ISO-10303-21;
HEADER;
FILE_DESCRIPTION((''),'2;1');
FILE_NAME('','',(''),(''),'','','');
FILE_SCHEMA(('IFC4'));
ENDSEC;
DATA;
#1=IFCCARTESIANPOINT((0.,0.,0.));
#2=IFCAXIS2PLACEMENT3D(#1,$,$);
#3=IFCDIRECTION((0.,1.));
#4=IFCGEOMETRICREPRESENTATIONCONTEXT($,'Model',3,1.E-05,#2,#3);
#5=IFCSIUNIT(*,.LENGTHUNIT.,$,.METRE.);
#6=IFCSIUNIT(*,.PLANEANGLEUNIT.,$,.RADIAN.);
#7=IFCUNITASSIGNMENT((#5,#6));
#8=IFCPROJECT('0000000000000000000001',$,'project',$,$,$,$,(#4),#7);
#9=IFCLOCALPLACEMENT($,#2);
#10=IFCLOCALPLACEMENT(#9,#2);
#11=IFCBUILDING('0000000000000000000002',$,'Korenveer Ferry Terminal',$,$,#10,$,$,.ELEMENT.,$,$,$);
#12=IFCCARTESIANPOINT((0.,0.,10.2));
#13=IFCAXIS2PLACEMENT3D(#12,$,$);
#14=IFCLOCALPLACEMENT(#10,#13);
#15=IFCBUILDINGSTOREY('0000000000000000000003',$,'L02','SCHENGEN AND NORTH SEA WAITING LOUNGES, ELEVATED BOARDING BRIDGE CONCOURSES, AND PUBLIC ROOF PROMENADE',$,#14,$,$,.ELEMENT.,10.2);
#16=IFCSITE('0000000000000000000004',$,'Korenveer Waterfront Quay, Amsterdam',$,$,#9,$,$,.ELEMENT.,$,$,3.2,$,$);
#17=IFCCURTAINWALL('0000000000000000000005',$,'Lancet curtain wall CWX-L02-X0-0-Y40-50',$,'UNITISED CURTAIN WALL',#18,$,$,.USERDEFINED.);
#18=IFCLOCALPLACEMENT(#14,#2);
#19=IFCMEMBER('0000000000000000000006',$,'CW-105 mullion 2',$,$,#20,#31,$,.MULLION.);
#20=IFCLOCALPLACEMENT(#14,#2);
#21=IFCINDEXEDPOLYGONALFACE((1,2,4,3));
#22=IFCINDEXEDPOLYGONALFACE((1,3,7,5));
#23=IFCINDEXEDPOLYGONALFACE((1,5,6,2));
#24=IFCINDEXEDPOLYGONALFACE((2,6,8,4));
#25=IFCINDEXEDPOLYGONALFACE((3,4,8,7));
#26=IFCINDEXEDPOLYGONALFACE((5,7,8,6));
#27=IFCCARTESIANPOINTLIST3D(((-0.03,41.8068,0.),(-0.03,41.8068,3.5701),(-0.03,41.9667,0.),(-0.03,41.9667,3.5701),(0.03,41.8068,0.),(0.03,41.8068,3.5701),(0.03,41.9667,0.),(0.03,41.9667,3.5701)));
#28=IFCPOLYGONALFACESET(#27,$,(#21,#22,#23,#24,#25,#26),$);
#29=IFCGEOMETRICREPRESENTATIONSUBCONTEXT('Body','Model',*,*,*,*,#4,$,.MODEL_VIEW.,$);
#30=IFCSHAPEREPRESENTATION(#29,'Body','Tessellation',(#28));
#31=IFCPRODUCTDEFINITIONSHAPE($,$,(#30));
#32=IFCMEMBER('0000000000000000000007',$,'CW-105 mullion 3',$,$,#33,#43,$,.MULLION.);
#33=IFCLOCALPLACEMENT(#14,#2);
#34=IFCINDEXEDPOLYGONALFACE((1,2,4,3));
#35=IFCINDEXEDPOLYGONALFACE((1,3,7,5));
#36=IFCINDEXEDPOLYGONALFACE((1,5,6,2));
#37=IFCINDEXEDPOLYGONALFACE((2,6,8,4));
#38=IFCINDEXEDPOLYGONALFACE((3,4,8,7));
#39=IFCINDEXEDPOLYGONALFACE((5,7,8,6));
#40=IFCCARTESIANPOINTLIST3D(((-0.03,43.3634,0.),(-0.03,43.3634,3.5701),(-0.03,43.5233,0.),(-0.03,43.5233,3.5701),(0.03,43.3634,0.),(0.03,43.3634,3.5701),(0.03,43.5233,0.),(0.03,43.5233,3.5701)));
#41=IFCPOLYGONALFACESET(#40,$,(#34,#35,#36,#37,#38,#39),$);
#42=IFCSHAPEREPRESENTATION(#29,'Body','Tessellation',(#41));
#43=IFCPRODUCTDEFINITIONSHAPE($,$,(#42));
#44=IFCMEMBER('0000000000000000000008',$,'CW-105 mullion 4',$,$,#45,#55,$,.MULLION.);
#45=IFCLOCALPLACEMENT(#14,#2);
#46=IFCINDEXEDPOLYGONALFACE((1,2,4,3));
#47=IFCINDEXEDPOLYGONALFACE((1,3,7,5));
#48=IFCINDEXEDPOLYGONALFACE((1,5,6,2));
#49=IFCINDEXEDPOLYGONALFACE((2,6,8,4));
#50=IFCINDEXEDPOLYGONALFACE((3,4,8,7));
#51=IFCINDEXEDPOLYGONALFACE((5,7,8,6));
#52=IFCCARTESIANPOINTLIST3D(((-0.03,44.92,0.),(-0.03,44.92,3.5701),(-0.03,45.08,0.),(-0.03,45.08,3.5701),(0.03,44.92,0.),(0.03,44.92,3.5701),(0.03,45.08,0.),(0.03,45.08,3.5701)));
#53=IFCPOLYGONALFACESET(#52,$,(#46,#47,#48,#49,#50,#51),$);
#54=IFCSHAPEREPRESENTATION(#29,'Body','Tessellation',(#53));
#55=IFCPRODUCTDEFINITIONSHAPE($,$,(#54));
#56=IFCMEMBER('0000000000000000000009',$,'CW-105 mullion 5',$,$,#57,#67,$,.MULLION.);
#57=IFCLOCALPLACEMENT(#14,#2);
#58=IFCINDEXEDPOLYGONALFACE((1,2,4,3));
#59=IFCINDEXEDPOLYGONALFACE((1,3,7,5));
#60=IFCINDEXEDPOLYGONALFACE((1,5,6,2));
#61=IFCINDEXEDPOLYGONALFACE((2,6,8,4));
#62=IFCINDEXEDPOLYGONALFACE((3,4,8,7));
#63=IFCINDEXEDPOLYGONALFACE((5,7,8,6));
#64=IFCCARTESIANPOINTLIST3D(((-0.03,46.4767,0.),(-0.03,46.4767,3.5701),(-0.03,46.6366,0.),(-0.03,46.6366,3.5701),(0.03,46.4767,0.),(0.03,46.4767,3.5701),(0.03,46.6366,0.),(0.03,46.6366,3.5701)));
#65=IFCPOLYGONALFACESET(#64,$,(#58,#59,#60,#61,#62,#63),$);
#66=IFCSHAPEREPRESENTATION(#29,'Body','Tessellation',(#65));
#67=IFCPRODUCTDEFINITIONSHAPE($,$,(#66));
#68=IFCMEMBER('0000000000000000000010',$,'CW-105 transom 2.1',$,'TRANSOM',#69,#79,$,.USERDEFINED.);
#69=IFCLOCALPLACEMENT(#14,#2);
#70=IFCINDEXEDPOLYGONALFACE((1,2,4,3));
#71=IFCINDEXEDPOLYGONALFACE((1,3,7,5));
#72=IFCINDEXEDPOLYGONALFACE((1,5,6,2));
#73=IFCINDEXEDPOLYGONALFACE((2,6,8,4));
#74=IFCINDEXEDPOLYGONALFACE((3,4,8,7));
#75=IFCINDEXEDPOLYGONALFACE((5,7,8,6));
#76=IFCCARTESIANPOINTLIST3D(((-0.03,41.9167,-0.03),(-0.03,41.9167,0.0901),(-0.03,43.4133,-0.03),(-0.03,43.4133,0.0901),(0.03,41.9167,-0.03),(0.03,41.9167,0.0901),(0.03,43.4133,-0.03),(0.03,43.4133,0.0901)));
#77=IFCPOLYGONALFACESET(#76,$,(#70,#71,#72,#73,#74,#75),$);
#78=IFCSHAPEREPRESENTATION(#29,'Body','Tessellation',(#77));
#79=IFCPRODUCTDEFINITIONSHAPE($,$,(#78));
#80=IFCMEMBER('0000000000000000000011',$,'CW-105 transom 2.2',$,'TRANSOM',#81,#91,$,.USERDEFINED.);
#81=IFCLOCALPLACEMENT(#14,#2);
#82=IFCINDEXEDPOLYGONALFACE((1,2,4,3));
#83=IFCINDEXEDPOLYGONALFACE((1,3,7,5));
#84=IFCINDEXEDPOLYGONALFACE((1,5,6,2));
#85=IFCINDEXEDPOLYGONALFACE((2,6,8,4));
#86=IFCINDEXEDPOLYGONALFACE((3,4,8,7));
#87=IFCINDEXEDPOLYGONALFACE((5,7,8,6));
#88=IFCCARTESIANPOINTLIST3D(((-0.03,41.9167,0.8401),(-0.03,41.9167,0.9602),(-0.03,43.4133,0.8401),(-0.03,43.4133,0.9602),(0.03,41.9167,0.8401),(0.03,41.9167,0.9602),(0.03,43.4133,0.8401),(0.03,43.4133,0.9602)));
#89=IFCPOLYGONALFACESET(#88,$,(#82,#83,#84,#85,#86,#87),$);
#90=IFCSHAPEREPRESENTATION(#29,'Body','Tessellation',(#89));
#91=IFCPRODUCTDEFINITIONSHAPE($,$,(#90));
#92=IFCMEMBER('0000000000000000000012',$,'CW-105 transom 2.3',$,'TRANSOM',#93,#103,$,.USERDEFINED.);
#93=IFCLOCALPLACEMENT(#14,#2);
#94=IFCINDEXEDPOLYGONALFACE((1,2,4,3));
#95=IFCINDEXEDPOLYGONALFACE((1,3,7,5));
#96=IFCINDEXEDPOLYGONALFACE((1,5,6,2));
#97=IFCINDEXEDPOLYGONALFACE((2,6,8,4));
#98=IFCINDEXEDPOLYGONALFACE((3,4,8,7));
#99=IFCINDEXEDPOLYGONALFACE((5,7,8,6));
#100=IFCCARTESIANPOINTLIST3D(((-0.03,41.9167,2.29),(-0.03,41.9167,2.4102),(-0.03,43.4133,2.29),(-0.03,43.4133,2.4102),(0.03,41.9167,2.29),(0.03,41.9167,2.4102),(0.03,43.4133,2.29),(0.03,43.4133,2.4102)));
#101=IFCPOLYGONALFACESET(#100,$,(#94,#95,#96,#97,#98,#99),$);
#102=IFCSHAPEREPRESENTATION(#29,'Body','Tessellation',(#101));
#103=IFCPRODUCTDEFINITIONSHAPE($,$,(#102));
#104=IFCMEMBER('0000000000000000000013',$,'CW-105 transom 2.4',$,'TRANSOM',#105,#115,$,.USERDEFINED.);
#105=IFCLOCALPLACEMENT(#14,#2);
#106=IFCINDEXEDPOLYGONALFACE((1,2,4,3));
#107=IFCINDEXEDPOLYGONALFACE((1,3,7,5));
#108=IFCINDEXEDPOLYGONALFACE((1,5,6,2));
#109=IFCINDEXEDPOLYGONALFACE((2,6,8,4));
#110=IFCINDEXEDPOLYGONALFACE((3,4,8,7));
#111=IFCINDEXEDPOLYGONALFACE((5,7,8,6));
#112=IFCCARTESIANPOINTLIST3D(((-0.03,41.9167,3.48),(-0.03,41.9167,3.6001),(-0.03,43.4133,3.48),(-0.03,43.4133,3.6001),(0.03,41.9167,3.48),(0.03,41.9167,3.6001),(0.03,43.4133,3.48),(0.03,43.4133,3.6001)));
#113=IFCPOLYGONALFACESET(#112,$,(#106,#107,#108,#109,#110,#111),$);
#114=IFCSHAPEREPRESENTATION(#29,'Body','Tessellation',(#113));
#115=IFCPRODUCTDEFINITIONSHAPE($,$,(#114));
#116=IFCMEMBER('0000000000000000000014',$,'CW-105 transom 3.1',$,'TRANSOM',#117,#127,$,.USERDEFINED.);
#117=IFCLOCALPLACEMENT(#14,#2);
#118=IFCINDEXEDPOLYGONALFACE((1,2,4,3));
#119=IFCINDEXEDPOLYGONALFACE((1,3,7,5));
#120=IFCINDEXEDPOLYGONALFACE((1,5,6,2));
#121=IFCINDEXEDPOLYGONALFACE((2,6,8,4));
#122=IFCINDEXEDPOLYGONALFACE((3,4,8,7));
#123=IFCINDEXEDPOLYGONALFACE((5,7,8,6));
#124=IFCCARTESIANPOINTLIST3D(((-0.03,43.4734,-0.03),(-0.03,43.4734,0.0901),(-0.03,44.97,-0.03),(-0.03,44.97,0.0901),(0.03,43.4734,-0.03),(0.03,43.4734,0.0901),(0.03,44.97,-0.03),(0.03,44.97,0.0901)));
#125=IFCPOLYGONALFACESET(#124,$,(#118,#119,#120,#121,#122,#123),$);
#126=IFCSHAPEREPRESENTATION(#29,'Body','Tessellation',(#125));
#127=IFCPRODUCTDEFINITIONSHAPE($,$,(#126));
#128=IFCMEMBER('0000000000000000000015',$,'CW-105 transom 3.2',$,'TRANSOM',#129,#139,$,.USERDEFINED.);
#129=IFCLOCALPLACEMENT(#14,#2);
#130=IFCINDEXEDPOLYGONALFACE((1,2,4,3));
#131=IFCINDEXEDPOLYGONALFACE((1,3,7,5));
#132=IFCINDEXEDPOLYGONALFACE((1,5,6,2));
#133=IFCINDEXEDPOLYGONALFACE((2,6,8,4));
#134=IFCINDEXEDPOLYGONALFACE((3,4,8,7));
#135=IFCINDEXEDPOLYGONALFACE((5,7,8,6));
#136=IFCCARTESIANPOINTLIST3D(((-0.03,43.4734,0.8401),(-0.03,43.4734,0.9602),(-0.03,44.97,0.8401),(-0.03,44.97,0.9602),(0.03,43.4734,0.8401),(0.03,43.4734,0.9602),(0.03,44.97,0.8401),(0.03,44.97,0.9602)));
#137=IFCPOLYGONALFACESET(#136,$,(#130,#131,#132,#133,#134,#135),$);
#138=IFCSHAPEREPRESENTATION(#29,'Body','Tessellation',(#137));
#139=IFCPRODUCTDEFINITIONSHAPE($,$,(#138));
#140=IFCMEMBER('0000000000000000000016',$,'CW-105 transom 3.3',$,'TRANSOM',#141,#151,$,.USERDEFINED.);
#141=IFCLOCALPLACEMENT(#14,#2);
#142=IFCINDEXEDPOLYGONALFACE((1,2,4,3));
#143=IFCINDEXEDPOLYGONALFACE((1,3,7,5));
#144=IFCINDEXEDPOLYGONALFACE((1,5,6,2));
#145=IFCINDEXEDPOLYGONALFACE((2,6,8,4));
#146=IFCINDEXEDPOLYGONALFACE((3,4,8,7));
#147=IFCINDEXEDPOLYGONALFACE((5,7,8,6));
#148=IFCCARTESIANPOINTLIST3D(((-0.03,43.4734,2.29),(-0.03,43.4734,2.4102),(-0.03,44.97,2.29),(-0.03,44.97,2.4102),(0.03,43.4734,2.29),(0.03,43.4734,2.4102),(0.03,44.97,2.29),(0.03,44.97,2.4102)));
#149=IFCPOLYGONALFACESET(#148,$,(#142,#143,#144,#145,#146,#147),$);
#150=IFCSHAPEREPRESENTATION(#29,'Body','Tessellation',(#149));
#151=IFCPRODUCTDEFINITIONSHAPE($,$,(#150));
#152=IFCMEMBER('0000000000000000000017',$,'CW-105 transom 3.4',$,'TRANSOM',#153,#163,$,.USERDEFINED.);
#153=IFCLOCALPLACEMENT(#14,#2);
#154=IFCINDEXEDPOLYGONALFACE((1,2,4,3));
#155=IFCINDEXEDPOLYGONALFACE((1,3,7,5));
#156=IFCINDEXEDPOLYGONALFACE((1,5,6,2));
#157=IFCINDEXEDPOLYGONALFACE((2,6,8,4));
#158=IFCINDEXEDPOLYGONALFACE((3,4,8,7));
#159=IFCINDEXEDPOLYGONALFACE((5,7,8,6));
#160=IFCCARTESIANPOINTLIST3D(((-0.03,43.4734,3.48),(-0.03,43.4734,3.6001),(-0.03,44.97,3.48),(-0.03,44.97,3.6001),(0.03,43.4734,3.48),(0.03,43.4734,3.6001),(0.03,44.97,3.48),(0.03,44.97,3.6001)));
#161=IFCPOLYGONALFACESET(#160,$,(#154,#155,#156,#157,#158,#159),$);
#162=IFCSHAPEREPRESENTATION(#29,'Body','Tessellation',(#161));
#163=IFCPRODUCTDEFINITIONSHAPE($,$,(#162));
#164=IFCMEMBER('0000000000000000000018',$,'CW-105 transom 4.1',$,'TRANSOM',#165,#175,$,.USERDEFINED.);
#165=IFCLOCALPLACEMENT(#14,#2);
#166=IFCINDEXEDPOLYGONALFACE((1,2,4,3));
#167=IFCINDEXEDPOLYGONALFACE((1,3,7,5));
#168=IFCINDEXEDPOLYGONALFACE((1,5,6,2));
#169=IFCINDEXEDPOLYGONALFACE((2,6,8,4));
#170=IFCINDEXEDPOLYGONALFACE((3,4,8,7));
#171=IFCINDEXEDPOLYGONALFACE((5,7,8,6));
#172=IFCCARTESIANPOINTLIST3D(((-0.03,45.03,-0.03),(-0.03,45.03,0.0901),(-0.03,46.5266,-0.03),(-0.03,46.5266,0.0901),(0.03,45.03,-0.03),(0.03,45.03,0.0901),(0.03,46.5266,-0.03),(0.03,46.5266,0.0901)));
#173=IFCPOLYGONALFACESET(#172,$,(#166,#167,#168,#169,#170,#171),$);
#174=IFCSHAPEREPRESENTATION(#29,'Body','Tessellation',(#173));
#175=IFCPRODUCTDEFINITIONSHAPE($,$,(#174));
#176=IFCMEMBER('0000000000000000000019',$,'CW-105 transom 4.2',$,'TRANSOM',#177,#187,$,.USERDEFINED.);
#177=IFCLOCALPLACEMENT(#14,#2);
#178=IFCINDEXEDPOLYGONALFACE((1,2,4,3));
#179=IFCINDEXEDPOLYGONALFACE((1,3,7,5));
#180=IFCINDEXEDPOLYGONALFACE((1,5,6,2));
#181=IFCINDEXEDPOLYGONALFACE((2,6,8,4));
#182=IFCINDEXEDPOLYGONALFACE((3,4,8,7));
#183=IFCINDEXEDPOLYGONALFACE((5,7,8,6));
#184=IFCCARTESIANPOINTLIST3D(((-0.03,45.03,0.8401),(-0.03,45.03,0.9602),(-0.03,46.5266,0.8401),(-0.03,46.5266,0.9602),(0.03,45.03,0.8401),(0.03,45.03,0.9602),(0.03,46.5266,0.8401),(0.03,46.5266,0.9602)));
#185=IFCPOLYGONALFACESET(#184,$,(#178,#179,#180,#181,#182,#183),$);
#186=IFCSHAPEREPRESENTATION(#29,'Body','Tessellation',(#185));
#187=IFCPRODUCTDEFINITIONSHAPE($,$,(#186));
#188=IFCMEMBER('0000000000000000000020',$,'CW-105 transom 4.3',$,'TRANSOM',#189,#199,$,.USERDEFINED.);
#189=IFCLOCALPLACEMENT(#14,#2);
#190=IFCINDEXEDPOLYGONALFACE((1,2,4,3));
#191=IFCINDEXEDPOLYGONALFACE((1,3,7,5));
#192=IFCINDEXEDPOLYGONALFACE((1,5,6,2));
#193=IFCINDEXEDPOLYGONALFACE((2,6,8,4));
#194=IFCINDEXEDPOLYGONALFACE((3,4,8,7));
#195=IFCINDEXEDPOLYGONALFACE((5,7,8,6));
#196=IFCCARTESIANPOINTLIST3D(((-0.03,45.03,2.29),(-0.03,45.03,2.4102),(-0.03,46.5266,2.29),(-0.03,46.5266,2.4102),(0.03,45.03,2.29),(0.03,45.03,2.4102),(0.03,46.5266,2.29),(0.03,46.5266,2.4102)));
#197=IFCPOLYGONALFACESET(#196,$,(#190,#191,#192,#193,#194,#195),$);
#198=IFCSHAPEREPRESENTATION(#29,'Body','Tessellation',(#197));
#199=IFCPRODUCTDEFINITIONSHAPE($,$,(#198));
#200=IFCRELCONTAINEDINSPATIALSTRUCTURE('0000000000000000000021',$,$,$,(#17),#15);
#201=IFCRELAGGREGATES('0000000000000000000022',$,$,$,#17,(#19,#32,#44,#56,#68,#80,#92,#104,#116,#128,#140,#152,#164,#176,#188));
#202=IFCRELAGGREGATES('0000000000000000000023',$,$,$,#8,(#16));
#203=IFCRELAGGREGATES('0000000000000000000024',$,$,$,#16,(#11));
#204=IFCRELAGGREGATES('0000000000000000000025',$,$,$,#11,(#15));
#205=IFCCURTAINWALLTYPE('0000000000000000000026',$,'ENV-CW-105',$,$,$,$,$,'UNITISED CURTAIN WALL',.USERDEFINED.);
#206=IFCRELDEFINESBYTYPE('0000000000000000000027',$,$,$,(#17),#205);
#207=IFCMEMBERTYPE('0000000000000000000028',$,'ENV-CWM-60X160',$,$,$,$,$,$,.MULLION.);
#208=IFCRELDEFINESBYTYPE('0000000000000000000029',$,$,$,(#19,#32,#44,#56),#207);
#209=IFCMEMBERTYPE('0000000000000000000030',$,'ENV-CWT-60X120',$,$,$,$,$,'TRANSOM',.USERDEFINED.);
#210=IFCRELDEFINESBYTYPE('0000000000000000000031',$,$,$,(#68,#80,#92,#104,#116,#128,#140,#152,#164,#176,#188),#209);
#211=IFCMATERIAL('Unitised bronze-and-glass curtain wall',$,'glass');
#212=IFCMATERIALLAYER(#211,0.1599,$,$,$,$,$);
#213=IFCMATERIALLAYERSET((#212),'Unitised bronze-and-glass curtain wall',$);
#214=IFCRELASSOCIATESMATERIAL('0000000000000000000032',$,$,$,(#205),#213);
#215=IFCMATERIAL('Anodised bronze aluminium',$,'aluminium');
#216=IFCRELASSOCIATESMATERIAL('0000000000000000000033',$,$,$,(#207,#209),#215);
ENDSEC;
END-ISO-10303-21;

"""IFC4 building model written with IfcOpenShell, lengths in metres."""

from ifc_helpers import new_model, si_unit, direction, frame, origin, origin_2d, place, context, subcontext, project, spatial, rectangle, extrude, material, layer, layer_set, material_profile, profile_set, type_object, element, aggregate, save


model = new_model("IFC4")

# Units and contexts
model_context = context("Model", 3, precision=1e-05, world=origin(), true_north=direction((0.0, 1.0)))
body_context = subcontext(model_context, "Body", "Model", "MODEL_VIEW")
ifc_project = project(units=[si_unit("LENGTHUNIT", "METRE"), si_unit("PLANEANGLEUNIT", "RADIAN")], contexts=[model_context])

# Site, building, storey
site_placement = place(None, origin())
site = spatial("IfcSite", under=ifc_project, at=site_placement, Name="Korenveer Waterfront Quay, Amsterdam", CompositionType="ELEMENT", RefElevation=3.2)
building_placement = place(site_placement, origin())
building = spatial("IfcBuilding", under=site, at=building_placement, Name="Korenveer Ferry Terminal", CompositionType="ELEMENT")
storey_placement = place(building_placement, frame((0.0, 0.0, 10.2)))
storey = spatial("IfcBuildingStorey", under=building, at=storey_placement, Name="L02", Description="SCHENGEN AND NORTH SEA WAITING LOUNGES, ELEVATED BOARDING BRIDGE CONCOURSES, AND PUBLIC ROOF PROMENADE", CompositionType="ELEMENT", Elevation=10.2)

# Curtain wall, members
ifc_material_1 = material(Name="Unitised bronze-and-glass curtain wall", Category="glass")
ifc_layer_1 = layer(ifc_material_1, 0.1599)
ifc_layer_set_1 = layer_set([ifc_layer_1], Name="Unitised bronze-and-glass curtain wall")
curtain_wall_type = type_object("IfcCurtainWallType", Name="ENV-CW-105", ElementType="UNITISED CURTAIN WALL", PredefinedType="USERDEFINED", material=ifc_layer_set_1)
curtain_wall_placement = place(storey_placement, frame((0.0, 40.3301, 0.0)))
curtain_wall = element("IfcCurtainWall", 1, at=curtain_wall_placement, inside=storey, type_object=curtain_wall_type, Name="Lancet curtain wall CWX-L02-X0-0-Y40-50", ObjectType="UNITISED CURTAIN WALL", PredefinedType="USERDEFINED")
ifc_material_2 = material(Name="Anodised bronze aluminium", Category="aluminium")
ifc_material_profile_1 = material_profile(ifc_material_2, rectangle(XDim=0.0601, YDim=0.1599, at=origin_2d()), Name="ALU 60x160")
ifc_profile_set_1 = profile_set([ifc_material_profile_1], Name="Anodised bronze aluminium")
member_type_1 = type_object("IfcMemberType", Name="ENV-CWM-60X160", PredefinedType="MULLION", material=ifc_profile_set_1)
member_1_placement = place(storey_placement, frame((0.0, 41.8867, 0.0), z_axis=(0.0, 0.0, 1.0), x_axis=(-1.0, 0.0, 0.0)))
member_1 = element("IfcMember", 2, at=member_1_placement, type_object=member_type_1, Name="CW-105 mullion 2", PredefinedType="MULLION", context=body_context, shape_type="SweptSolid", body=[
    extrude(rectangle(XDim=0.0601, YDim=0.1599, at=origin_2d()), origin(), (0.0, 0.0, 1.0), 3.5701),
])
member_2_placement = place(storey_placement, frame((0.0, 43.4434, 0.0), z_axis=(0.0, 0.0, 1.0), x_axis=(-1.0, 0.0, 0.0)))
member_2 = element("IfcMember", 3, at=member_2_placement, type_object=member_type_1, Name="CW-105 mullion 3", PredefinedType="MULLION", context=body_context, shape_type="SweptSolid", body=[
    extrude(rectangle(XDim=0.0601, YDim=0.1599, at=origin_2d()), origin(), (0.0, 0.0, 1.0), 3.5701),
])
member_3_placement = place(storey_placement, frame((0.0, 45.0, 0.0), z_axis=(0.0, 0.0, 1.0), x_axis=(-1.0, 0.0, 0.0)))
member_3 = element("IfcMember", 4, at=member_3_placement, type_object=member_type_1, Name="CW-105 mullion 4", PredefinedType="MULLION", context=body_context, shape_type="SweptSolid", body=[
    extrude(rectangle(XDim=0.0601, YDim=0.1599, at=origin_2d()), origin(), (0.0, 0.0, 1.0), 3.5701),
])
member_4_placement = place(storey_placement, frame((0.0, 46.5566, 0.0), z_axis=(0.0, 0.0, 1.0), x_axis=(-1.0, 0.0, 0.0)))
member_4 = element("IfcMember", 5, at=member_4_placement, type_object=member_type_1, Name="CW-105 mullion 5", PredefinedType="MULLION", context=body_context, shape_type="SweptSolid", body=[
    extrude(rectangle(XDim=0.0601, YDim=0.1599, at=origin_2d()), origin(), (0.0, 0.0, 1.0), 3.5701),
])
ifc_material_profile_2 = material_profile(ifc_material_2, rectangle(XDim=0.0601, YDim=0.1201, at=origin_2d()), Name="ALU 60x120")
ifc_profile_set_2 = profile_set([ifc_material_profile_2], Name="Anodised bronze aluminium")
member_type_2 = type_object("IfcMemberType", Name="ENV-CWT-60X120", ElementType="TRANSOM", PredefinedType="USERDEFINED", material=ifc_profile_set_2)
member_5_placement = place(storey_placement, frame((0.0, 41.9167, 0.03), z_axis=(0.0, 1.0, 0.0), x_axis=(-1.0, 0.0, 0.0)))
member_5 = element("IfcMember", 6, at=member_5_placement, type_object=member_type_2, Name="CW-105 transom 2.1", ObjectType="TRANSOM", PredefinedType="USERDEFINED", context=body_context, shape_type="SweptSolid", body=[
    extrude(rectangle(XDim=0.0601, YDim=0.1201, at=origin_2d()), origin(), (0.0, 0.0, 1.0), 1.4966),
])
member_6_placement = place(storey_placement, frame((0.0, 41.9167, 0.9001), z_axis=(0.0, 1.0, 0.0), x_axis=(-1.0, 0.0, 0.0)))
member_6 = element("IfcMember", 7, at=member_6_placement, type_object=member_type_2, Name="CW-105 transom 2.2", ObjectType="TRANSOM", PredefinedType="USERDEFINED", context=body_context, shape_type="SweptSolid", body=[
    extrude(rectangle(XDim=0.0601, YDim=0.1201, at=origin_2d()), origin(), (0.0, 0.0, 1.0), 1.4966),
])
member_7_placement = place(storey_placement, frame((0.0, 41.9167, 2.3501), z_axis=(0.0, 1.0, 0.0), x_axis=(-1.0, 0.0, 0.0)))
member_7 = element("IfcMember", 8, at=member_7_placement, type_object=member_type_2, Name="CW-105 transom 2.3", ObjectType="TRANSOM", PredefinedType="USERDEFINED", context=body_context, shape_type="SweptSolid", body=[
    extrude(rectangle(XDim=0.0601, YDim=0.1201, at=origin_2d()), origin(), (0.0, 0.0, 1.0), 1.4966),
])
member_8_placement = place(storey_placement, frame((0.0, 41.9167, 3.54), z_axis=(0.0, 1.0, 0.0), x_axis=(-1.0, 0.0, 0.0)))
member_8 = element("IfcMember", 9, at=member_8_placement, type_object=member_type_2, Name="CW-105 transom 2.4", ObjectType="TRANSOM", PredefinedType="USERDEFINED", context=body_context, shape_type="SweptSolid", body=[
    extrude(rectangle(XDim=0.0601, YDim=0.1201, at=origin_2d()), origin(), (0.0, 0.0, 1.0), 1.4966),
])
member_9_placement = place(storey_placement, frame((0.0, 43.4734, 0.03), z_axis=(0.0, 1.0, 0.0), x_axis=(-1.0, 0.0, 0.0)))
member_9 = element("IfcMember", 10, at=member_9_placement, type_object=member_type_2, Name="CW-105 transom 3.1", ObjectType="TRANSOM", PredefinedType="USERDEFINED", context=body_context, shape_type="SweptSolid", body=[
    extrude(rectangle(XDim=0.0601, YDim=0.1201, at=origin_2d()), origin(), (0.0, 0.0, 1.0), 1.4966),
])
member_10_placement = place(storey_placement, frame((0.0, 43.4734, 0.9001), z_axis=(0.0, 1.0, 0.0), x_axis=(-1.0, 0.0, 0.0)))
member_10 = element("IfcMember", 11, at=member_10_placement, type_object=member_type_2, Name="CW-105 transom 3.2", ObjectType="TRANSOM", PredefinedType="USERDEFINED", context=body_context, shape_type="SweptSolid", body=[
    extrude(rectangle(XDim=0.0601, YDim=0.1201, at=origin_2d()), origin(), (0.0, 0.0, 1.0), 1.4966),
])
member_11_placement = place(storey_placement, frame((0.0, 43.4734, 2.3501), z_axis=(0.0, 1.0, 0.0), x_axis=(-1.0, 0.0, 0.0)))
member_11 = element("IfcMember", 12, at=member_11_placement, type_object=member_type_2, Name="CW-105 transom 3.3", ObjectType="TRANSOM", PredefinedType="USERDEFINED", context=body_context, shape_type="SweptSolid", body=[
    extrude(rectangle(XDim=0.0601, YDim=0.1201, at=origin_2d()), origin(), (0.0, 0.0, 1.0), 1.4966),
])
member_12_placement = place(storey_placement, frame((0.0, 43.4734, 3.54), z_axis=(0.0, 1.0, 0.0), x_axis=(-1.0, 0.0, 0.0)))
member_12 = element("IfcMember", 13, at=member_12_placement, type_object=member_type_2, Name="CW-105 transom 3.4", ObjectType="TRANSOM", PredefinedType="USERDEFINED", context=body_context, shape_type="SweptSolid", body=[
    extrude(rectangle(XDim=0.0601, YDim=0.1201, at=origin_2d()), origin(), (0.0, 0.0, 1.0), 1.4966),
])
member_13_placement = place(storey_placement, frame((0.0, 45.03, 0.03), z_axis=(0.0, 1.0, 0.0), x_axis=(-1.0, 0.0, 0.0)))
member_13 = element("IfcMember", 14, at=member_13_placement, type_object=member_type_2, Name="CW-105 transom 4.1", ObjectType="TRANSOM", PredefinedType="USERDEFINED", context=body_context, shape_type="SweptSolid", body=[
    extrude(rectangle(XDim=0.0601, YDim=0.1201, at=origin_2d()), origin(), (0.0, 0.0, 1.0), 1.4966),
])
member_14_placement = place(storey_placement, frame((0.0, 45.03, 0.9001), z_axis=(0.0, 1.0, 0.0), x_axis=(-1.0, 0.0, 0.0)))
member_14 = element("IfcMember", 15, at=member_14_placement, type_object=member_type_2, Name="CW-105 transom 4.2", ObjectType="TRANSOM", PredefinedType="USERDEFINED", context=body_context, shape_type="SweptSolid", body=[
    extrude(rectangle(XDim=0.0601, YDim=0.1201, at=origin_2d()), origin(), (0.0, 0.0, 1.0), 1.4966),
])
member_15_placement = place(storey_placement, frame((0.0, 45.03, 2.3501), z_axis=(0.0, 1.0, 0.0), x_axis=(-1.0, 0.0, 0.0)))
member_15 = element("IfcMember", 16, at=member_15_placement, type_object=member_type_2, Name="CW-105 transom 4.3", ObjectType="TRANSOM", PredefinedType="USERDEFINED", context=body_context, shape_type="SweptSolid", body=[
    extrude(rectangle(XDim=0.0601, YDim=0.1201, at=origin_2d()), origin(), (0.0, 0.0, 1.0), 1.4966),
])

aggregate(curtain_wall, [member_1, member_2, member_3, member_4, member_5, member_6, member_7, member_8, member_9, member_10, member_11, member_12, member_13, member_14, member_15])

save(model, "model.ifc")
